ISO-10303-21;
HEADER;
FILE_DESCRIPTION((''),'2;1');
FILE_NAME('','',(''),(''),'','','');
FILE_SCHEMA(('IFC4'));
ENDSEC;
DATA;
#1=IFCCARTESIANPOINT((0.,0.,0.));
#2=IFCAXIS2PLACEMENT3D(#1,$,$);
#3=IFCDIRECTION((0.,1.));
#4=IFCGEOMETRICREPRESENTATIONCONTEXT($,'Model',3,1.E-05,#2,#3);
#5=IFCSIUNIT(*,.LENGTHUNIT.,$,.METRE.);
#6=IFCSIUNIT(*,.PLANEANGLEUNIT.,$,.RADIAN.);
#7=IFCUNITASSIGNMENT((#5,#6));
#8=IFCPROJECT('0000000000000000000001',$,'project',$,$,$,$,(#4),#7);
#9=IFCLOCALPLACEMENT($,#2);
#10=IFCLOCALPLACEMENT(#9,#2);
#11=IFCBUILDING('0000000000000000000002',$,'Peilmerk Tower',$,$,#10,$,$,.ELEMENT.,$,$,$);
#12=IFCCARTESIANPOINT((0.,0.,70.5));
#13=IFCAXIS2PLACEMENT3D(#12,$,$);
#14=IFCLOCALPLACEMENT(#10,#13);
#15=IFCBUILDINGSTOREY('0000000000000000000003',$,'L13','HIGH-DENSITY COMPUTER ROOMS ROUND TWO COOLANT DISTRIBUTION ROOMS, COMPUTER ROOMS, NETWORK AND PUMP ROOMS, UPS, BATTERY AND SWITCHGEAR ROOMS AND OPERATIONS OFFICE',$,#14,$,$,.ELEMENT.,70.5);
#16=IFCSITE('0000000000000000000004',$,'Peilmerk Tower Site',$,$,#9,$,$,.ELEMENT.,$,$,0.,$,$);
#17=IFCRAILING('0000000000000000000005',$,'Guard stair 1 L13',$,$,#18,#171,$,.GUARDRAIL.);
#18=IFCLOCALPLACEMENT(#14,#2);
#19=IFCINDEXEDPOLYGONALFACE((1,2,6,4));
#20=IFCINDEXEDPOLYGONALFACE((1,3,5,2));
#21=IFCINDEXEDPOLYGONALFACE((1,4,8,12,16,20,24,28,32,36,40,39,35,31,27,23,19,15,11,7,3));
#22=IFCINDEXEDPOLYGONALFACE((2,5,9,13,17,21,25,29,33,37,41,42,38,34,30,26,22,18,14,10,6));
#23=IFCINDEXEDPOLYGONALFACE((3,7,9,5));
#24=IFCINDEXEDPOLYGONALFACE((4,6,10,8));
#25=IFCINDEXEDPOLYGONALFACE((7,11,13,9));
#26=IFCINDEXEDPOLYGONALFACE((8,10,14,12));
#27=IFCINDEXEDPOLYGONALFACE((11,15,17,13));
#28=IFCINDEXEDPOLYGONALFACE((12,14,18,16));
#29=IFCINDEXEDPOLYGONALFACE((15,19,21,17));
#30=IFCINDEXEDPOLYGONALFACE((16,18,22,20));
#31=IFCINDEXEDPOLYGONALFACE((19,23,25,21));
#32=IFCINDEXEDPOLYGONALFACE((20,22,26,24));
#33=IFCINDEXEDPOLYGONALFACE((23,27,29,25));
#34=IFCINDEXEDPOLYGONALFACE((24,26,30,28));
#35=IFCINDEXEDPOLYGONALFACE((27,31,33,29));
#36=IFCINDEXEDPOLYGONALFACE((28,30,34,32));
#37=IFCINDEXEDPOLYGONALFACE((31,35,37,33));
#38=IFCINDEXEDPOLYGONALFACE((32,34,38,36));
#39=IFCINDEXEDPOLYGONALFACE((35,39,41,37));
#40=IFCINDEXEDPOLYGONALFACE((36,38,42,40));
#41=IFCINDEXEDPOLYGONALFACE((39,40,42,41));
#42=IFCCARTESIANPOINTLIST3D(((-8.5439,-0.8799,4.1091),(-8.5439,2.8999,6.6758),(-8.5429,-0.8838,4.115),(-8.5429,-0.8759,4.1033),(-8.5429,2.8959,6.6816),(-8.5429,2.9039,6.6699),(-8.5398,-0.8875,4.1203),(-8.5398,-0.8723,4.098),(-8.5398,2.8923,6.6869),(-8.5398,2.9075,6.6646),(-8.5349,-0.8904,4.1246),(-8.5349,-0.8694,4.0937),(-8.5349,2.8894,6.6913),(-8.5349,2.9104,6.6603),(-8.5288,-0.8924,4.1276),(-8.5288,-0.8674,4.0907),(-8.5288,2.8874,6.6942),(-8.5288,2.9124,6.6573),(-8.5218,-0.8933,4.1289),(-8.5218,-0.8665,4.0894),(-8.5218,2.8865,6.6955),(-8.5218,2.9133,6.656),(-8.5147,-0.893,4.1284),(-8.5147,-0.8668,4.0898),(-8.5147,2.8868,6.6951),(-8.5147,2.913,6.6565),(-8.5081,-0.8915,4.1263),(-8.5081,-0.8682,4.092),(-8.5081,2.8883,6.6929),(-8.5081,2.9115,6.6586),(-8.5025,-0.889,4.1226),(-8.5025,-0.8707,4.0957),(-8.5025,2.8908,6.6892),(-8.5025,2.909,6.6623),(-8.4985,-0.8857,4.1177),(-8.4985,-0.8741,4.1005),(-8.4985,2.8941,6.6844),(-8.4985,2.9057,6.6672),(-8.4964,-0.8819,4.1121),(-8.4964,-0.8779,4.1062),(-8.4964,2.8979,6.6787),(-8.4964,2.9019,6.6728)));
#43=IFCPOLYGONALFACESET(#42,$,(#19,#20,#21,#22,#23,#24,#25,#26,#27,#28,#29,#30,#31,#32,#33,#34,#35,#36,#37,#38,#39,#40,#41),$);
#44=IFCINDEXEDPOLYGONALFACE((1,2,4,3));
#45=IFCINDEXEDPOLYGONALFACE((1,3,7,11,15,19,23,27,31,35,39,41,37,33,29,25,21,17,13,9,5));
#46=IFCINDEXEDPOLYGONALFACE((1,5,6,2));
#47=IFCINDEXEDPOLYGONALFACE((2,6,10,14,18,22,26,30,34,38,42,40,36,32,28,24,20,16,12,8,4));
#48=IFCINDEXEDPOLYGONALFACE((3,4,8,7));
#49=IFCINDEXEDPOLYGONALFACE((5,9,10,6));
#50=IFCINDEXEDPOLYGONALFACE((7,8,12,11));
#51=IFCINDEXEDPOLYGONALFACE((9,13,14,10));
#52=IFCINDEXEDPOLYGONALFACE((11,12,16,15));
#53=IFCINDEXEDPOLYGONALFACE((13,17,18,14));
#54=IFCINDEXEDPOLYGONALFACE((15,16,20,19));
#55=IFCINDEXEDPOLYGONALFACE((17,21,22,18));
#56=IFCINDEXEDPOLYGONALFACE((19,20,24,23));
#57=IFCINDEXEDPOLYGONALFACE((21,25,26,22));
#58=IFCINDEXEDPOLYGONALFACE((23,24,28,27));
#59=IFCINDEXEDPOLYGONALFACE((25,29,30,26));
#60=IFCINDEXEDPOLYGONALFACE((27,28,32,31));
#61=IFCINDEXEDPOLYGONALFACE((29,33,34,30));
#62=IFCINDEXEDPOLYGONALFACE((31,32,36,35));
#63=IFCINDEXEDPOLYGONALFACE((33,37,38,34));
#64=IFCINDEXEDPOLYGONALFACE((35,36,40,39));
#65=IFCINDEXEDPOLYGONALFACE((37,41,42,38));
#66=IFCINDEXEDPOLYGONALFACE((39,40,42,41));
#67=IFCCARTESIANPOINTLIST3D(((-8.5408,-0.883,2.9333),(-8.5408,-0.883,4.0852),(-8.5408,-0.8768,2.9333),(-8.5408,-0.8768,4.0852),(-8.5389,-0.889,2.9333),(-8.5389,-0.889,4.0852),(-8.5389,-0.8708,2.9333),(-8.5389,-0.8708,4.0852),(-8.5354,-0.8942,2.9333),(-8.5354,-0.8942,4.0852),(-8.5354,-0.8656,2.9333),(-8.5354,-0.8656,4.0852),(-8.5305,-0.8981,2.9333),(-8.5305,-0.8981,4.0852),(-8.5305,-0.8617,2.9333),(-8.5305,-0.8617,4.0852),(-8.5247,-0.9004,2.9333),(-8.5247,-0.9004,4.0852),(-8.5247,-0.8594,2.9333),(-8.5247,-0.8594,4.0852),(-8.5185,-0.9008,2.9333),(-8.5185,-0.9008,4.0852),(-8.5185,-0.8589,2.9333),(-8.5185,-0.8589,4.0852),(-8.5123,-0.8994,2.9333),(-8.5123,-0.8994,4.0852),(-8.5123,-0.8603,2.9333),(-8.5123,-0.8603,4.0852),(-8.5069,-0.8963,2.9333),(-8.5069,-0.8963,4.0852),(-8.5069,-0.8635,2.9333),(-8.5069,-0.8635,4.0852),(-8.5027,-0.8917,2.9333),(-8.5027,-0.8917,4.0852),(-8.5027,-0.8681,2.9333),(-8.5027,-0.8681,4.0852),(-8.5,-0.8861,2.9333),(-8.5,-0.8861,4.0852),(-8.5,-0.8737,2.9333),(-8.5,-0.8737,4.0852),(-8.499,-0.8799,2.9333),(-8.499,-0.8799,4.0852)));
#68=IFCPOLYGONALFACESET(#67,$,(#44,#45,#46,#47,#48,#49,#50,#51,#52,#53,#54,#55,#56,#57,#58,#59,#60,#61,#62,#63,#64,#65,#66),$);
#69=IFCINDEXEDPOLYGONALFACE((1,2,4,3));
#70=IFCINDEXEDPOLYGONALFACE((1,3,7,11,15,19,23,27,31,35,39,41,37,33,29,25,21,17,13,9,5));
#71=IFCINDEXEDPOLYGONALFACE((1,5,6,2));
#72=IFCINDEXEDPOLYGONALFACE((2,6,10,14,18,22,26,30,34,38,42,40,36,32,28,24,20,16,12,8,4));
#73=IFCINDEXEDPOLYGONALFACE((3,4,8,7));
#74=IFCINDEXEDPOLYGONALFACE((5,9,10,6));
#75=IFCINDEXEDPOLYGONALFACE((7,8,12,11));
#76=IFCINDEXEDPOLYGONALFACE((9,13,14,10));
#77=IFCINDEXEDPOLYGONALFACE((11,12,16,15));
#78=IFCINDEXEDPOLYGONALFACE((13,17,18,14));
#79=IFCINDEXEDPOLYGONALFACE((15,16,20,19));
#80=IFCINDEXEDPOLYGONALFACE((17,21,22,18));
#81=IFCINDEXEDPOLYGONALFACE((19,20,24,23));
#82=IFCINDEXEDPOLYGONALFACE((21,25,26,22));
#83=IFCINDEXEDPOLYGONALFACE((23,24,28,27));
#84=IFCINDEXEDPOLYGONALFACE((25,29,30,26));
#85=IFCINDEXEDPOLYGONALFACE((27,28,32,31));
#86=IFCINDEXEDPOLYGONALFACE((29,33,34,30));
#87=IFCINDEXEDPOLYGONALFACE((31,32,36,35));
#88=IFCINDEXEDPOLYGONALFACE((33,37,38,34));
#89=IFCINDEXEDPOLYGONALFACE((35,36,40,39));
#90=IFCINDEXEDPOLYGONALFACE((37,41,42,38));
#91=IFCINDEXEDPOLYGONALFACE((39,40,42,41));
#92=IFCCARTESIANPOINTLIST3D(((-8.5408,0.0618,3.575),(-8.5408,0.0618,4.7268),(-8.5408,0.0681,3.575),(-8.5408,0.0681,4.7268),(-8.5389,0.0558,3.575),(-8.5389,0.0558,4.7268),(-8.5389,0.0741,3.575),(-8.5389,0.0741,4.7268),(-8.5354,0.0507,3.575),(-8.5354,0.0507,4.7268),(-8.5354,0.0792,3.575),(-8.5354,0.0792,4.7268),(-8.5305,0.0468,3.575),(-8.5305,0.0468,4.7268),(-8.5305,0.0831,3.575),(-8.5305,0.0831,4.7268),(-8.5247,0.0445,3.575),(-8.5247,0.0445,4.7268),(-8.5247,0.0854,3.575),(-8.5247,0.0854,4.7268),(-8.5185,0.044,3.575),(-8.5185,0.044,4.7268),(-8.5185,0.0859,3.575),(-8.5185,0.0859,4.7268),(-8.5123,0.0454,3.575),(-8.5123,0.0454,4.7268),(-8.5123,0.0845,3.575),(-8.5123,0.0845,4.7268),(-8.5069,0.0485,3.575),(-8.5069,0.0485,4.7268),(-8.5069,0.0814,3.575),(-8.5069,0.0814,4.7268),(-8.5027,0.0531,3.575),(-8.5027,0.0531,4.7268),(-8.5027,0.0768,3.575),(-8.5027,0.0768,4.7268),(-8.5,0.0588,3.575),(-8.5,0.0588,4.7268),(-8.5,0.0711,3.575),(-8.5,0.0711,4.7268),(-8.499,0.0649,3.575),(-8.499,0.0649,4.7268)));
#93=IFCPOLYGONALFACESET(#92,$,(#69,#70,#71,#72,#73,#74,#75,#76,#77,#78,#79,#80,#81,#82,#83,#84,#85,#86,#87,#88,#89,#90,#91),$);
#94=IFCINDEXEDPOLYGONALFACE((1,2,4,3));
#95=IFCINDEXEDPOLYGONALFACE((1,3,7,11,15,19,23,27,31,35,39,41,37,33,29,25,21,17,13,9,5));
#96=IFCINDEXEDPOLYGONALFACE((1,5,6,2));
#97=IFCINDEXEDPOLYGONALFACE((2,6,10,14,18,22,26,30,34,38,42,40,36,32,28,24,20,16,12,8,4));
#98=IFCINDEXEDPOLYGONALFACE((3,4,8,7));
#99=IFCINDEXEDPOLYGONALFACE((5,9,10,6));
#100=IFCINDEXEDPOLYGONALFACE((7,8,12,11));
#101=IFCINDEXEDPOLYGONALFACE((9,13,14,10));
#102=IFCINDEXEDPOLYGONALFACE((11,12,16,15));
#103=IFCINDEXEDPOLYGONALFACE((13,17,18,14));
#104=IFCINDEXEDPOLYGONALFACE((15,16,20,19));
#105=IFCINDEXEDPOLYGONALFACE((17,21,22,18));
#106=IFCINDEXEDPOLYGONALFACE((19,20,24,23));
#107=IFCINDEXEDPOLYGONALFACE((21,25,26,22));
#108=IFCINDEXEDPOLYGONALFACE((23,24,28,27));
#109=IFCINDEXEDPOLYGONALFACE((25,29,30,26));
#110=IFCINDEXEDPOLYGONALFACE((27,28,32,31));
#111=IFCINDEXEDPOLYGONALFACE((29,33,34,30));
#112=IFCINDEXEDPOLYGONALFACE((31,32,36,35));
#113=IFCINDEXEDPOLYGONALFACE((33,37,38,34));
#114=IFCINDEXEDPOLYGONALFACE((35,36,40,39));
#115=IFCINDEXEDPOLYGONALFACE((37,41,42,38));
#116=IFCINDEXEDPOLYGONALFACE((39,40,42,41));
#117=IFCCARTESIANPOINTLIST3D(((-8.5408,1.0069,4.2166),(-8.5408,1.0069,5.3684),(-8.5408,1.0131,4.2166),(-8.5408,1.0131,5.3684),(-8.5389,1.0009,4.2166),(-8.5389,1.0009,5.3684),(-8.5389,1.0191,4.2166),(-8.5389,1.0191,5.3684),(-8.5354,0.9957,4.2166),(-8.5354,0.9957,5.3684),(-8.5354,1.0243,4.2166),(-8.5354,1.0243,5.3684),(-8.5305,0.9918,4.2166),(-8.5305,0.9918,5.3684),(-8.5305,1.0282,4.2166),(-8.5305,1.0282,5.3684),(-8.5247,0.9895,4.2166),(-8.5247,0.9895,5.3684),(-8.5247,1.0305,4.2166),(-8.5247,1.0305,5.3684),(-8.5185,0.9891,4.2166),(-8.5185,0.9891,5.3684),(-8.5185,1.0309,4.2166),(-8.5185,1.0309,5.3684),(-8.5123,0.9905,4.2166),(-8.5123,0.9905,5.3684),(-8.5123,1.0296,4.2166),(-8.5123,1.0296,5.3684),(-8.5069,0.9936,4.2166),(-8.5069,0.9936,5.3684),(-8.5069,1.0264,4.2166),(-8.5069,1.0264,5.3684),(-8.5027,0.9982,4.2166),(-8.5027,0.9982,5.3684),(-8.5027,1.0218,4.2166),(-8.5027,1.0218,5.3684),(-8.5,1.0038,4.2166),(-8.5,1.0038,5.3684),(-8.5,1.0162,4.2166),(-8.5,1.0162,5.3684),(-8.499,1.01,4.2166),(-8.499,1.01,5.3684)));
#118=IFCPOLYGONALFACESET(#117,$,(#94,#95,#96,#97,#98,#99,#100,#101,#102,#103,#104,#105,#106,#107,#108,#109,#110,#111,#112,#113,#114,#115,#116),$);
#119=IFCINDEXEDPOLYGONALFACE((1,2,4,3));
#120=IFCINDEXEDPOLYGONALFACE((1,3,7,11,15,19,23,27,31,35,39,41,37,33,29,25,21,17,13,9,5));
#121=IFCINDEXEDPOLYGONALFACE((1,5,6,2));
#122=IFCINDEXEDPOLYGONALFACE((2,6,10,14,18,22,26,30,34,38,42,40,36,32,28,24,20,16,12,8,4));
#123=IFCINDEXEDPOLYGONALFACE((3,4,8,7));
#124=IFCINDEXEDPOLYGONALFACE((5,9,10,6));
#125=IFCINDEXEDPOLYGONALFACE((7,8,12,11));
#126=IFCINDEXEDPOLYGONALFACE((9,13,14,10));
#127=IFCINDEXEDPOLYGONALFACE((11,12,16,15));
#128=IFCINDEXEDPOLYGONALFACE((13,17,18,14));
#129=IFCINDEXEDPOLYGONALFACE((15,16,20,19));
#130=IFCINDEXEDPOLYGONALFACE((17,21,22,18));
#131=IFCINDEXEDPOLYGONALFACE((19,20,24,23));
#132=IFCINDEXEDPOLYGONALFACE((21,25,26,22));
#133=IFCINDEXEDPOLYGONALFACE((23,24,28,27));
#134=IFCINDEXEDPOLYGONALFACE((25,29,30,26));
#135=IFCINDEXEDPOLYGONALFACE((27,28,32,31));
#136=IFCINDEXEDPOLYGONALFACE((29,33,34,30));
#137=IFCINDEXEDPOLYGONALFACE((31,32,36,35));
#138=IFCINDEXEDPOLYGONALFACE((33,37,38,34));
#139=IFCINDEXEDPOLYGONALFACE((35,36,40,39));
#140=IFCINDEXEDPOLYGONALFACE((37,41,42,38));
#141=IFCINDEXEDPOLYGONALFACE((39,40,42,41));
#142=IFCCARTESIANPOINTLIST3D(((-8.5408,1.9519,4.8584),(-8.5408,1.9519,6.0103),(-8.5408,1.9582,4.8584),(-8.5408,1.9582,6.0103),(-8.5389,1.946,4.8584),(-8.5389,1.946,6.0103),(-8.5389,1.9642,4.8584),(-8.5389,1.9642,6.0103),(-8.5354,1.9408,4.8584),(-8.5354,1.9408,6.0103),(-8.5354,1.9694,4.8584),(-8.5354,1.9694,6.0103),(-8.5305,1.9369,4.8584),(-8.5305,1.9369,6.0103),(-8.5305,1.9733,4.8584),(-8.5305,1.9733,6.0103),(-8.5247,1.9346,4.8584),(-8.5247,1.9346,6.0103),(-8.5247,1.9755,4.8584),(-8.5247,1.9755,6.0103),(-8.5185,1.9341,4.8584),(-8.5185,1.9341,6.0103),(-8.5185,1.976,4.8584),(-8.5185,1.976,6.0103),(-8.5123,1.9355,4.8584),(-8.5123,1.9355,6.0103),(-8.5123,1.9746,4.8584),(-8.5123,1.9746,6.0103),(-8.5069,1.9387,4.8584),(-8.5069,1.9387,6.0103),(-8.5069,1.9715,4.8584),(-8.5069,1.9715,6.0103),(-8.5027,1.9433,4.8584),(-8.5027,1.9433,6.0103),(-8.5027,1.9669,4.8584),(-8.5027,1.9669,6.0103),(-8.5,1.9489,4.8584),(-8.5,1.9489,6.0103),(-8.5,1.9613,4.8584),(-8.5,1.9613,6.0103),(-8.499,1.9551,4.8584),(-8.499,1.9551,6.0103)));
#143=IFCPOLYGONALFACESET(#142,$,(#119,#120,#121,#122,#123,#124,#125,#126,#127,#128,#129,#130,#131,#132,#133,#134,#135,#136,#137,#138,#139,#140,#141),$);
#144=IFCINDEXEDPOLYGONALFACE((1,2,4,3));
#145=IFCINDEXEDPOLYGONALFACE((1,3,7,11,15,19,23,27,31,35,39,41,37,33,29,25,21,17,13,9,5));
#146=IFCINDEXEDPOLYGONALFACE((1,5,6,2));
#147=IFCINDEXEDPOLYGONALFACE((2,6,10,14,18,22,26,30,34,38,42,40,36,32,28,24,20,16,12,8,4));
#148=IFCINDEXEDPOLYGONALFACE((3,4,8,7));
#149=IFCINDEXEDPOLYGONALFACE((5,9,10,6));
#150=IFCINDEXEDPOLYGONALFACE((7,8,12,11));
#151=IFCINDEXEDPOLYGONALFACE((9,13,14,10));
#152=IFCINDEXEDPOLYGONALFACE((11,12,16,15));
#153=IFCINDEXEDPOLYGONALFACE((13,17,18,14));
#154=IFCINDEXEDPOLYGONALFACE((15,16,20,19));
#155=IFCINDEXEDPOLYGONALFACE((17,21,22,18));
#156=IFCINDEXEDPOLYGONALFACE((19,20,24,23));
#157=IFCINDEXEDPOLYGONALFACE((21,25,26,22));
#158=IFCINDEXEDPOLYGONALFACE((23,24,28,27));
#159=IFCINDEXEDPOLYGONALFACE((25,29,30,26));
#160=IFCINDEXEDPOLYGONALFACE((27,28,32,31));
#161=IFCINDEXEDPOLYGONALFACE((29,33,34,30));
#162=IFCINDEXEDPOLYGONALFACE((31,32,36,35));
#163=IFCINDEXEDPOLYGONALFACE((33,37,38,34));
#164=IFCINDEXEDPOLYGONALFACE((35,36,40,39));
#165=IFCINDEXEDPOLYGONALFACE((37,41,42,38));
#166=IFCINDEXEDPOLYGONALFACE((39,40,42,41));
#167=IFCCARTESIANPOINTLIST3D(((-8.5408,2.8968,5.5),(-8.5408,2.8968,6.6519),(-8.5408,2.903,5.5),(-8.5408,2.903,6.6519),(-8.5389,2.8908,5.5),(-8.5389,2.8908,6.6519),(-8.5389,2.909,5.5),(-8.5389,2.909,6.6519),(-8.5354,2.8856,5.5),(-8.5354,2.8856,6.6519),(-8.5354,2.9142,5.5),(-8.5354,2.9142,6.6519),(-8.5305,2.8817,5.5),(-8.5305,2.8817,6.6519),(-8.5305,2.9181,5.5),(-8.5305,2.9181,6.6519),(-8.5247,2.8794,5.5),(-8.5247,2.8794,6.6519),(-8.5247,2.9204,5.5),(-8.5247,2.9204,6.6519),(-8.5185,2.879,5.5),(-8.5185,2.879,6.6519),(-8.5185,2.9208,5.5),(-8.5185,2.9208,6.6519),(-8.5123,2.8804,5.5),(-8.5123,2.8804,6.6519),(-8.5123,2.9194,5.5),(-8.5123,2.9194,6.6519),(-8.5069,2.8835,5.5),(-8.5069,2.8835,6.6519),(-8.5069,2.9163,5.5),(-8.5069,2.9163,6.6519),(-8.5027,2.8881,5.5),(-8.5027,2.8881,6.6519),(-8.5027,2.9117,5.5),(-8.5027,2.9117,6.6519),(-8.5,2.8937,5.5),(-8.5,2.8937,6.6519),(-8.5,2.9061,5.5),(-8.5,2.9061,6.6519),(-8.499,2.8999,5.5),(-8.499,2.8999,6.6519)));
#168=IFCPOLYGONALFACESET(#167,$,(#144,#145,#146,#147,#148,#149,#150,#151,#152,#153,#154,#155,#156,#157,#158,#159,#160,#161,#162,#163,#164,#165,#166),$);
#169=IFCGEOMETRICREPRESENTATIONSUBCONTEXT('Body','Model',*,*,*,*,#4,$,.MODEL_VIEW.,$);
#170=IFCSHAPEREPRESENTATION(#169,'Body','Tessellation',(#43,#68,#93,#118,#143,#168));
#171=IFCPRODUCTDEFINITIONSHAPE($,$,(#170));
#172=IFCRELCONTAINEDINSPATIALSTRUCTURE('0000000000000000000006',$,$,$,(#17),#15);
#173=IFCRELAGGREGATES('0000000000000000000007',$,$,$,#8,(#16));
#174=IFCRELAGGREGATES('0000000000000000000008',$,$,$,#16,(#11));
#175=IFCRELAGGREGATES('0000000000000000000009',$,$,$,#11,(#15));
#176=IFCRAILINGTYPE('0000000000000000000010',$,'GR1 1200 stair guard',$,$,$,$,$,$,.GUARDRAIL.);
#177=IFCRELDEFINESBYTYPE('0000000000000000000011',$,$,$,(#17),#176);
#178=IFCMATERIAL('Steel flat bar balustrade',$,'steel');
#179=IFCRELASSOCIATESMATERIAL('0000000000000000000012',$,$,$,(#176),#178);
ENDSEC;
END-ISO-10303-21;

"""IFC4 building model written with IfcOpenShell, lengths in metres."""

from ifc_helpers import new_model, si_unit, direction, frame, origin, origin_2d, place, context, subcontext, project, spatial, circle, extrude, material, type_object, element, save


model = new_model("IFC4")

# Units and contexts
model_context = context("Model", 3, precision=1e-05, world=origin(), true_north=direction((0.0, 1.0)))
body_context = subcontext(model_context, "Body", "Model", "MODEL_VIEW")
ifc_project = project(units=[si_unit("LENGTHUNIT", "METRE"), si_unit("PLANEANGLEUNIT", "RADIAN")], contexts=[model_context])

# Site, building, storey
site_placement = place(None, origin())
site = spatial("IfcSite", under=ifc_project, at=site_placement, Name="Peilmerk Tower Site", CompositionType="ELEMENT", RefElevation=0.0)
building_placement = place(site_placement, origin())
building = spatial("IfcBuilding", under=site, at=building_placement, Name="Peilmerk Tower", CompositionType="ELEMENT")
storey_placement = place(building_placement, frame((0.0, 0.0, 70.5)))
storey = spatial("IfcBuildingStorey", under=building, at=storey_placement, Name="L13", Description="HIGH-DENSITY COMPUTER ROOMS ROUND TWO COOLANT DISTRIBUTION ROOMS, COMPUTER ROOMS, NETWORK AND PUMP ROOMS, UPS, BATTERY AND SWITCHGEAR ROOMS AND OPERATIONS OFFICE", CompositionType="ELEMENT", Elevation=70.5)

# Railing
ifc_material_1 = material(Name="Steel flat bar balustrade", Category="steel")
railing_type_1 = type_object("IfcRailingType", Name="GR1 1200 stair guard", PredefinedType="GUARDRAIL", material=ifc_material_1)
railing_1_placement = place(storey_placement, frame((-8.52, -0.8799, 2.9333)))
element("IfcRailing", 1, at=railing_1_placement, inside=storey, type_object=railing_type_1, Name="Guard stair 1 L13", PredefinedType="GUARDRAIL", context=body_context, shape_type="SweptSolid", body=[
    extrude(circle(Radius=0.0239, at=origin_2d()), frame((0.0, 0.0, 1.1758), z_axis=(0.0, 0.827293, 0.561771), x_axis=(-1.0, 0.0, 0.0)), (0.0, 0.0, 1.0), 4.5688),
    extrude(circle(Radius=0.021, at=origin_2d()), origin(), (0.0, 0.0, 1.0), 1.1519),
    extrude(circle(Radius=0.021, at=origin_2d()), frame((0.0, 0.9448, 0.6416)), (0.0, 0.0, 1.0), 1.1519),
    extrude(circle(Radius=0.021, at=origin_2d()), frame((0.0, 1.8899, 1.2832)), (0.0, 0.0, 1.0), 1.1519),
    extrude(circle(Radius=0.021, at=origin_2d()), frame((0.0, 2.835, 1.925)), (0.0, 0.0, 1.0), 1.1519),
    extrude(circle(Radius=0.021, at=origin_2d()), frame((0.0, 3.7798, 2.5667)), (0.0, 0.0, 1.0), 1.1519),
])

save(model, "model.ifc")
